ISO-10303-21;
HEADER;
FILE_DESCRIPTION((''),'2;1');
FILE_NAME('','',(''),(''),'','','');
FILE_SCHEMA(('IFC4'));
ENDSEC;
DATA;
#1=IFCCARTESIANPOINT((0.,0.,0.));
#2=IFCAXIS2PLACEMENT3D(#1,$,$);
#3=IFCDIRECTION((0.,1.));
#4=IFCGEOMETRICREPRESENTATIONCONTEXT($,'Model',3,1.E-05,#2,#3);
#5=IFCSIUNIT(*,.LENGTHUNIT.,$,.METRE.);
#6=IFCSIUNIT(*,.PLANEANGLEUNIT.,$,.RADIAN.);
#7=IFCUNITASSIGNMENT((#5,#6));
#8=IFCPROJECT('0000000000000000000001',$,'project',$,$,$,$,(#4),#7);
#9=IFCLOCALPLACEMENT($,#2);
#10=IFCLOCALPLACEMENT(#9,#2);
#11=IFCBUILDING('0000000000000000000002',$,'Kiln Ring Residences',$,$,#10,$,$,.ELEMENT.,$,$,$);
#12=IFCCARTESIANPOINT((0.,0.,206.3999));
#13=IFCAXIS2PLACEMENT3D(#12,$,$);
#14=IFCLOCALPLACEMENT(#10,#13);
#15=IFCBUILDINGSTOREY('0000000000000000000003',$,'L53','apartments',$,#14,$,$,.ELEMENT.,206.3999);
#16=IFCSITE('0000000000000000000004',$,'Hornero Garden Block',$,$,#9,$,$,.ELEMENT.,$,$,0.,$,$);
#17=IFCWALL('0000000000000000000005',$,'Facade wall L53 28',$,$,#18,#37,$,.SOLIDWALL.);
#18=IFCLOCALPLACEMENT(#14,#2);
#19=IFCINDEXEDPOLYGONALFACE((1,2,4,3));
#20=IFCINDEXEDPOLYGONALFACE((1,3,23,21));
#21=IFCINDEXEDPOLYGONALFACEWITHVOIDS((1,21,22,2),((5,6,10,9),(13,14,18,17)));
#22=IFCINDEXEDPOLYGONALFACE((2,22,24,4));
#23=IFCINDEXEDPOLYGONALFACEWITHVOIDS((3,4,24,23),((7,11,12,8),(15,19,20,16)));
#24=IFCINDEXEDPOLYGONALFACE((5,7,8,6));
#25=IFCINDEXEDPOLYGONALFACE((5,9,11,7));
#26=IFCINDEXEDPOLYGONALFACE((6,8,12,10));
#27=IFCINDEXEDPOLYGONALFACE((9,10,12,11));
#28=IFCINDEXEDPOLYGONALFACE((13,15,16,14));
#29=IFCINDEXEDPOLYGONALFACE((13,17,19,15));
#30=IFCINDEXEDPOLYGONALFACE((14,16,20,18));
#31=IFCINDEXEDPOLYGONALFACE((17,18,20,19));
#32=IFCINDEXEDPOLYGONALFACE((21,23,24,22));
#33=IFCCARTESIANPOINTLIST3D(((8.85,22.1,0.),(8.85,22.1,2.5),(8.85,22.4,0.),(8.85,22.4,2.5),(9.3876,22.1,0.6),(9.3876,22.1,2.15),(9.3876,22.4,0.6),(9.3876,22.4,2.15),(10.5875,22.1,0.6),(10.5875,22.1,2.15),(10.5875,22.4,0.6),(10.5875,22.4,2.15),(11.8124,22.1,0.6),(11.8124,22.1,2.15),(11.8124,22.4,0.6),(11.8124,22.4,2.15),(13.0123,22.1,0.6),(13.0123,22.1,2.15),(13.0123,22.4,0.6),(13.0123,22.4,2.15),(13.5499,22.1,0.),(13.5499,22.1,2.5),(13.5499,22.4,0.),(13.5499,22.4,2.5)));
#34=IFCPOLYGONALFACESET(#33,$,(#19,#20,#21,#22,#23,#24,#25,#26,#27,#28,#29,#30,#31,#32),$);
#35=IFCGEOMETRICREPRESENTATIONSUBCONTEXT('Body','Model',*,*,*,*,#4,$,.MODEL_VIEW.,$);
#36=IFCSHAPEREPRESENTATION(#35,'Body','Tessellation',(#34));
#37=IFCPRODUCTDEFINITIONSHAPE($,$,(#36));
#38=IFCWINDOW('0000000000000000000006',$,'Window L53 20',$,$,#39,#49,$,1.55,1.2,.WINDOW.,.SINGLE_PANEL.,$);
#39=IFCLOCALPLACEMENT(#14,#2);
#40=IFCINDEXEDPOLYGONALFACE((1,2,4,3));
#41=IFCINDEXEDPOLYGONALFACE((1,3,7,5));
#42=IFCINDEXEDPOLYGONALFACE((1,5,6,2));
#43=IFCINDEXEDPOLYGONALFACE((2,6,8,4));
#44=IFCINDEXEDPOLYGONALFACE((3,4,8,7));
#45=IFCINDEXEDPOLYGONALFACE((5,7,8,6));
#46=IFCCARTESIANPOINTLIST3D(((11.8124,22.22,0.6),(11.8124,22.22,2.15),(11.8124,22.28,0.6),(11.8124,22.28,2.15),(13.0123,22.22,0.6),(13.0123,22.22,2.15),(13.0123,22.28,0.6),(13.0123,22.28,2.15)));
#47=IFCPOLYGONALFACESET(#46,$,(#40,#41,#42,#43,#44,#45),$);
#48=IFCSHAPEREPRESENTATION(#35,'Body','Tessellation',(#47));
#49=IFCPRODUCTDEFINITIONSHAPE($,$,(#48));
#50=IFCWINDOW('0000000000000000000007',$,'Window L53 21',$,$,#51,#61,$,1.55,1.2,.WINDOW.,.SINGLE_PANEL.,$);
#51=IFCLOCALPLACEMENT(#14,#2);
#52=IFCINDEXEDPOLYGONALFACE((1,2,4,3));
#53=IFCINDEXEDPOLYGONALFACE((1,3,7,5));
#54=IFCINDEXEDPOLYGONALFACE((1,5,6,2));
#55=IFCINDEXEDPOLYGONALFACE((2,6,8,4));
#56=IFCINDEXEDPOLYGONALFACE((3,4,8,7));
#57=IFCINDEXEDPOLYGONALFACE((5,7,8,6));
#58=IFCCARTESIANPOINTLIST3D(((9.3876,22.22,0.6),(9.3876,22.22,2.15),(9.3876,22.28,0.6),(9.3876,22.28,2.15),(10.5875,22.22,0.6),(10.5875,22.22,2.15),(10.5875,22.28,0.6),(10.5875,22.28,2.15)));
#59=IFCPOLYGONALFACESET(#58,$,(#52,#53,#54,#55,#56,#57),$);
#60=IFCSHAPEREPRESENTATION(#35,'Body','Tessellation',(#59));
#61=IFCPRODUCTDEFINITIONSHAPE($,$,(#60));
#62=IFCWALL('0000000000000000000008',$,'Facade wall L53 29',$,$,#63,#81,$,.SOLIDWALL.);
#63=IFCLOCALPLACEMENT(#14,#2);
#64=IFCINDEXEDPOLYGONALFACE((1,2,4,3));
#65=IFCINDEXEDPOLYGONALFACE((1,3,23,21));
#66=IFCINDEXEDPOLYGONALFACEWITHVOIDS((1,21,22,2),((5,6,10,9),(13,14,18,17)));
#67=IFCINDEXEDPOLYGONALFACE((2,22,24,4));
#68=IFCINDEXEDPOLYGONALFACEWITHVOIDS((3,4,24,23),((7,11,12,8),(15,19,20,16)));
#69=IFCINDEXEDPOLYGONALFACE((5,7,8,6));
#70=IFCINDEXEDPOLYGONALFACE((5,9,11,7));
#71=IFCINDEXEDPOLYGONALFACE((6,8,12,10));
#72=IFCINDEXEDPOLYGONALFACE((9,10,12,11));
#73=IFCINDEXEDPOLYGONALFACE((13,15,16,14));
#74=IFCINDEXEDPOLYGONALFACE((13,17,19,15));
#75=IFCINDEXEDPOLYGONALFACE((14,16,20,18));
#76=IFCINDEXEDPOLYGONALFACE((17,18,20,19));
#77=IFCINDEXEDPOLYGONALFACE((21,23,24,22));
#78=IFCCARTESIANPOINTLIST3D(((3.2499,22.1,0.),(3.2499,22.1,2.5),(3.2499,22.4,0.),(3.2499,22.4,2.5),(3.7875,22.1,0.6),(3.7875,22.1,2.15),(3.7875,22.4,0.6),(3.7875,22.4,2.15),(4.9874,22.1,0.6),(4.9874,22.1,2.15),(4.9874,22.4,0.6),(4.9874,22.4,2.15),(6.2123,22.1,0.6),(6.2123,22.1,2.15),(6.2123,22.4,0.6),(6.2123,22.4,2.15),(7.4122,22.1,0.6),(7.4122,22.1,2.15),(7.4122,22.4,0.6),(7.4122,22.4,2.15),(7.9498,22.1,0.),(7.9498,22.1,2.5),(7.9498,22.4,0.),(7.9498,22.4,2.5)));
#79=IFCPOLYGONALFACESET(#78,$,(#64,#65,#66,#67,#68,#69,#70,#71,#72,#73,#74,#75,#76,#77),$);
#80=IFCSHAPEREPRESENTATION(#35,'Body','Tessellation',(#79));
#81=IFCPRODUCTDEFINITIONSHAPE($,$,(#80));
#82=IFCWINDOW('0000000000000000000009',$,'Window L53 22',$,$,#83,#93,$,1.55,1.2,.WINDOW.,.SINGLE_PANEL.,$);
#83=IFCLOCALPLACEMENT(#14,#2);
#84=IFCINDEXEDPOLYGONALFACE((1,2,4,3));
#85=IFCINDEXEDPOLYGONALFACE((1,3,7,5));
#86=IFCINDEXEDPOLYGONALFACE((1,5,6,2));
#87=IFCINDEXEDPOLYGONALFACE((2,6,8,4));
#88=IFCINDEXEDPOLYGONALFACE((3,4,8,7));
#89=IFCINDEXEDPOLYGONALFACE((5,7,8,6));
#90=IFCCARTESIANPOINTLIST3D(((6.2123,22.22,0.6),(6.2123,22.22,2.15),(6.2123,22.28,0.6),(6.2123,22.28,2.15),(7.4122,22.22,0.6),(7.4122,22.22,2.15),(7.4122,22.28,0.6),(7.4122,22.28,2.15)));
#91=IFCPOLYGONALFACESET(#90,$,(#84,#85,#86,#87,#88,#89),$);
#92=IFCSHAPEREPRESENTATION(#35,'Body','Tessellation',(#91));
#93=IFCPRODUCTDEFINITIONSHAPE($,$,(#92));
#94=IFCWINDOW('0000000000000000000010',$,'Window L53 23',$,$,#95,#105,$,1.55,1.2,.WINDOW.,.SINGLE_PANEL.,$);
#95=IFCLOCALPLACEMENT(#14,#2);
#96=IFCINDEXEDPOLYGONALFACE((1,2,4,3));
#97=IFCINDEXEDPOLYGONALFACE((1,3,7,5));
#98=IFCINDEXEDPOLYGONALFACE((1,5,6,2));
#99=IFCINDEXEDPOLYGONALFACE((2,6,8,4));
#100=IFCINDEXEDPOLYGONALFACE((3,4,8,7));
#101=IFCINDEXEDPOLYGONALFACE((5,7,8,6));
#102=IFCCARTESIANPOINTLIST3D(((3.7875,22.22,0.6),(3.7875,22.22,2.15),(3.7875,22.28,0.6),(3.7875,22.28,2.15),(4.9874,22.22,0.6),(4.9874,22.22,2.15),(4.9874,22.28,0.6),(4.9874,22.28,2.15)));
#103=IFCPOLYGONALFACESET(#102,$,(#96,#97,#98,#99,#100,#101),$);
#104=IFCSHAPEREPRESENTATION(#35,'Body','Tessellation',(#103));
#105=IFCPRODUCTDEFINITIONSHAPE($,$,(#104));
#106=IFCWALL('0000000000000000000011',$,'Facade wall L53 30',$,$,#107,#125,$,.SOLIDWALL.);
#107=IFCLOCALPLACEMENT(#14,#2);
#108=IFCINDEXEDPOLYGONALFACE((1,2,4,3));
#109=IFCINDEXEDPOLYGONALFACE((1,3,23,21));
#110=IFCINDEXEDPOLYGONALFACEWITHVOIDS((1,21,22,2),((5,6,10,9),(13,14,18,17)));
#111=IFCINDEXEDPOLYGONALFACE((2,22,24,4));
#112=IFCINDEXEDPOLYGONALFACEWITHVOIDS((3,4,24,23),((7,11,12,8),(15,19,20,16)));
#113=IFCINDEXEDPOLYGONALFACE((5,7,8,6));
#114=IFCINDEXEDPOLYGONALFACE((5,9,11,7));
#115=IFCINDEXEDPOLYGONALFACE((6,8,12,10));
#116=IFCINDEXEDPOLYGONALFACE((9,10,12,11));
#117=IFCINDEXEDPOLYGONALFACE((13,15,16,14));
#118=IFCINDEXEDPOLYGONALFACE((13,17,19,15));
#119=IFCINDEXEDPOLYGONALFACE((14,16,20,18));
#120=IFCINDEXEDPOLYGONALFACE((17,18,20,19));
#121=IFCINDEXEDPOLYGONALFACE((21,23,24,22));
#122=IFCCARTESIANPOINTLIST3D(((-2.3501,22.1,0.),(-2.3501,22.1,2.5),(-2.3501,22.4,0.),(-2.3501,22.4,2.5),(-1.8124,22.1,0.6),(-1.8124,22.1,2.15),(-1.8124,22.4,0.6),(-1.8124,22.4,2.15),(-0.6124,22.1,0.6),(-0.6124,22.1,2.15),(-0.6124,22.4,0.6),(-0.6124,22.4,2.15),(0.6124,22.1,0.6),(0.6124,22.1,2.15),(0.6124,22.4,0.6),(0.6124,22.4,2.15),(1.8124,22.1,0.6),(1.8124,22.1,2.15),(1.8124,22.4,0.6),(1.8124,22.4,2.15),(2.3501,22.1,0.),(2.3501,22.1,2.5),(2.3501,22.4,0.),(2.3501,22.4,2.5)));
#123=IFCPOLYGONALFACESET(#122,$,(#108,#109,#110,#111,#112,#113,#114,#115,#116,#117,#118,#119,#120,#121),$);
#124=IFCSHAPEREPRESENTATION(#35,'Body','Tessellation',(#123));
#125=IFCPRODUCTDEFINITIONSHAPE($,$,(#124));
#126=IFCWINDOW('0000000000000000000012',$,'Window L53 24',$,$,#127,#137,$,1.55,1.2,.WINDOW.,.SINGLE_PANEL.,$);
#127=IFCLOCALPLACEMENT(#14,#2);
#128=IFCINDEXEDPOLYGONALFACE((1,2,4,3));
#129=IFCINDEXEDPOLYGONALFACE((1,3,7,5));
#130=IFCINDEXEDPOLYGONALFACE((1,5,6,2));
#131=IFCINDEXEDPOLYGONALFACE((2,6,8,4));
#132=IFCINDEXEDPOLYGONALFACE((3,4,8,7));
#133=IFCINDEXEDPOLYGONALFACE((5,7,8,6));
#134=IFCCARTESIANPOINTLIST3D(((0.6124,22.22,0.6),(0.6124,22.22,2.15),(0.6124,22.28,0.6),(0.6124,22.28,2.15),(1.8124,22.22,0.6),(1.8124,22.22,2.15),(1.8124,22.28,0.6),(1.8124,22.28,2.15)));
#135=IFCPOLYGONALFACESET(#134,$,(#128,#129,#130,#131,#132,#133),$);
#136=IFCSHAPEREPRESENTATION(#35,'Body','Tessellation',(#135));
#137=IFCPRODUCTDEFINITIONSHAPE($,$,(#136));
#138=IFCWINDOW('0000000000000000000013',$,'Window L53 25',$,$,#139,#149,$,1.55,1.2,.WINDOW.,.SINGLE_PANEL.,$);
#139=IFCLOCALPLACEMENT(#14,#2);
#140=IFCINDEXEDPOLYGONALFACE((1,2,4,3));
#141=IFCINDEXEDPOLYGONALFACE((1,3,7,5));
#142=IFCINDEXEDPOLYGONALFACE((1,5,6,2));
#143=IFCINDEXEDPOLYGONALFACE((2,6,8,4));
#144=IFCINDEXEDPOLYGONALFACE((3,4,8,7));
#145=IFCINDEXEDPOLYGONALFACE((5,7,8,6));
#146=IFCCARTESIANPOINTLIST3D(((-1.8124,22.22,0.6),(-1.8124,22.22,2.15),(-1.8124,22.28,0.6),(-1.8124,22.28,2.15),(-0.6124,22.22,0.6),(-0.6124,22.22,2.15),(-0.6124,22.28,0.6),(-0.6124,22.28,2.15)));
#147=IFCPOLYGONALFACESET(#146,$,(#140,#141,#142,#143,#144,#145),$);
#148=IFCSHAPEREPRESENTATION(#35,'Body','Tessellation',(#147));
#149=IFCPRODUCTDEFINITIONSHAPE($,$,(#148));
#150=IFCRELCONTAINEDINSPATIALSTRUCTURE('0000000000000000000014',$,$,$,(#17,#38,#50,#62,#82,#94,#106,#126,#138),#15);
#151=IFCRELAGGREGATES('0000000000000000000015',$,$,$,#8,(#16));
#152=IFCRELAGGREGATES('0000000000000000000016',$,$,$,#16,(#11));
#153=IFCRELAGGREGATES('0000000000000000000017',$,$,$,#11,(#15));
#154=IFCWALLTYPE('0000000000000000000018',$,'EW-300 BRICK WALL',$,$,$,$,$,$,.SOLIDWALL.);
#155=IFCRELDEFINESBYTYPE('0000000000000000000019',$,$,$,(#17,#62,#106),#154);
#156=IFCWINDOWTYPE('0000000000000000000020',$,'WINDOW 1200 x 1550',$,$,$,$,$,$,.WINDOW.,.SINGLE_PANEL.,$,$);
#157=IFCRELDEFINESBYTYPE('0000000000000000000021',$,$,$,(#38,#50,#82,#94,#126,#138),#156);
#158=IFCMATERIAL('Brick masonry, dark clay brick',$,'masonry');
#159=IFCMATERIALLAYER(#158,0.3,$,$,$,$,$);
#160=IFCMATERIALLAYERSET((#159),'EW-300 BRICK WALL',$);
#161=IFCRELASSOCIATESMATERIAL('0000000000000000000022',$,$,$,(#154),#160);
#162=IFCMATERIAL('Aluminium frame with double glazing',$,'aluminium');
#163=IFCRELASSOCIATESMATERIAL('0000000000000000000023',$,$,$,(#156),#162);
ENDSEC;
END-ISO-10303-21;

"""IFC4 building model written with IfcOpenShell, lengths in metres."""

from ifc_helpers import new_model, si_unit, direction, frame, frame_2d, origin, place, context, subcontext, project, spatial, rectangle, extrude, material, layer, layer_set, type_object, element, fill, save


model = new_model("IFC4")

# Units and contexts
model_context = context("Model", 3, precision=1e-05, world=origin(), true_north=direction((0.0, 1.0)))
body_context = subcontext(model_context, "Body", "Model", "MODEL_VIEW")
ifc_project = project(units=[si_unit("LENGTHUNIT", "METRE"), si_unit("PLANEANGLEUNIT", "RADIAN")], contexts=[model_context])

# Site, building, storey
site_placement = place(None, origin())
site = spatial("IfcSite", under=ifc_project, at=site_placement, Name="Hornero Garden Block", CompositionType="ELEMENT", RefElevation=0.0)
building_placement = place(site_placement, origin())
building = spatial("IfcBuilding", under=site, at=building_placement, Name="Kiln Ring Residences", CompositionType="ELEMENT")
storey_placement = place(building_placement, frame((0.0, 0.0, 206.3999)))
storey = spatial("IfcBuildingStorey", under=building, at=storey_placement, Name="L53", Description="apartments", CompositionType="ELEMENT", Elevation=206.3999)

# Shared definitions
ifc_material_1 = material(Name="Brick masonry, dark clay brick", Category="masonry")
ifc_layer_1 = layer(ifc_material_1, 0.3)
ifc_layer_set_1 = layer_set([ifc_layer_1], Name="EW-300 BRICK WALL")
wall_type_1 = type_object("IfcWallType", Name="EW-300 BRICK WALL", PredefinedType="SOLIDWALL", material=ifc_layer_set_1)
ifc_material_2 = material(Name="Aluminium frame with double glazing", Category="aluminium")
window_type = type_object("IfcWindowType", Name="WINDOW 1200 x 1550", PartitioningType="SINGLE_PANEL", PredefinedType="WINDOW", material=ifc_material_2)

# Walls, openings, windows
wall_1_placement = place(storey_placement, frame((13.55, 22.25, 0.0), z_axis=(0.0, 0.0, 1.0), x_axis=(-1.0, 0.0, 0.0)))
wall_1 = element("IfcWall", 1, at=wall_1_placement, inside=storey, type_object=wall_type_1, Name="Facade wall L53 28", PredefinedType="SOLIDWALL", context=body_context, shape_type="SweptSolid", body=[
    extrude(rectangle(XDim=4.7, YDim=0.3, at=frame_2d((2.3501, 0.0))), origin(), (0.0, 0.0, 1.0), 2.5),
])
opening_1_placement = place(wall_1_placement, frame((0.5376, 0.0, 0.6001)))
opening_1 = element("IfcOpeningElement", 2, at=opening_1_placement, cuts=wall_1, PredefinedType="OPENING", context=body_context, shape_type="SweptSolid", body=[
    extrude(rectangle(XDim=1.2, YDim=1.55, at=frame_2d((0.6001, 0.7749))), frame((0.0, 0.1599, 0.0), z_axis=(0.0, -1.0, 0.0), x_axis=(1.0, 0.0, 0.0)), (0.0, 0.0, 1.0), 0.3201),
])
opening_2_placement = place(wall_1_placement, frame((2.9624, 0.0, 0.6001)))
opening_2 = element("IfcOpeningElement", 3, at=opening_2_placement, cuts=wall_1, PredefinedType="OPENING", context=body_context, shape_type="SweptSolid", body=[
    extrude(rectangle(XDim=1.2, YDim=1.55, at=frame_2d((0.6001, 0.7749))), frame((0.0, 0.1599, 0.0), z_axis=(0.0, -1.0, 0.0), x_axis=(1.0, 0.0, 0.0)), (0.0, 0.0, 1.0), 0.3201),
])
window_1_placement = place(opening_1_placement, origin())
window_1 = element("IfcWindow", 4, at=window_1_placement, inside=storey, type_object=window_type, Name="Window L53 20", OverallHeight=1.55, OverallWidth=1.2, PartitioningType="SINGLE_PANEL", PredefinedType="WINDOW", context=body_context, shape_type="SweptSolid", body=[
    extrude(rectangle(XDim=1.2, YDim=1.55, at=frame_2d((0.6001, 0.7749))), frame((0.0, 0.03, 0.0), z_axis=(0.0, -1.0, 0.0), x_axis=(1.0, 0.0, 0.0)), (0.0, 0.0, 1.0), 0.0601),
])
fill(opening_1, window_1)
window_2_placement = place(opening_2_placement, origin())
window_2 = element("IfcWindow", 5, at=window_2_placement, inside=storey, type_object=window_type, Name="Window L53 21", OverallHeight=1.55, OverallWidth=1.2, PartitioningType="SINGLE_PANEL", PredefinedType="WINDOW", context=body_context, shape_type="SweptSolid", body=[
    extrude(rectangle(XDim=1.2, YDim=1.55, at=frame_2d((0.6001, 0.7749))), frame((0.0, 0.03, 0.0), z_axis=(0.0, -1.0, 0.0), x_axis=(1.0, 0.0, 0.0)), (0.0, 0.0, 1.0), 0.0601),
])
fill(opening_2, window_2)
wall_2_placement = place(storey_placement, frame((7.95, 22.25, 0.0), z_axis=(0.0, 0.0, 1.0), x_axis=(-1.0, 0.0, 0.0)))
wall_2 = element("IfcWall", 6, at=wall_2_placement, inside=storey, type_object=wall_type_1, Name="Facade wall L53 29", PredefinedType="SOLIDWALL", context=body_context, shape_type="SweptSolid", body=[
    extrude(rectangle(XDim=4.7, YDim=0.3, at=frame_2d((2.3501, 0.0))), origin(), (0.0, 0.0, 1.0), 2.5),
])
opening_3_placement = place(wall_2_placement, frame((0.5376, 0.0, 0.6001)))
opening_3 = element("IfcOpeningElement", 7, at=opening_3_placement, cuts=wall_2, PredefinedType="OPENING", context=body_context, shape_type="SweptSolid", body=[
    extrude(rectangle(XDim=1.2, YDim=1.55, at=frame_2d((0.6001, 0.7749))), frame((0.0, 0.1599, 0.0), z_axis=(0.0, -1.0, 0.0), x_axis=(1.0, 0.0, 0.0)), (0.0, 0.0, 1.0), 0.3201),
])
opening_4_placement = place(wall_2_placement, frame((2.9624, 0.0, 0.6001)))
opening_4 = element("IfcOpeningElement", 8, at=opening_4_placement, cuts=wall_2, PredefinedType="OPENING", context=body_context, shape_type="SweptSolid", body=[
    extrude(rectangle(XDim=1.2, YDim=1.55, at=frame_2d((0.6001, 0.7749))), frame((0.0, 0.1599, 0.0), z_axis=(0.0, -1.0, 0.0), x_axis=(1.0, 0.0, 0.0)), (0.0, 0.0, 1.0), 0.3201),
])
window_3_placement = place(opening_3_placement, origin())
window_3 = element("IfcWindow", 9, at=window_3_placement, inside=storey, type_object=window_type, Name="Window L53 22", OverallHeight=1.55, OverallWidth=1.2, PartitioningType="SINGLE_PANEL", PredefinedType="WINDOW", context=body_context, shape_type="SweptSolid", body=[
    extrude(rectangle(XDim=1.2, YDim=1.55, at=frame_2d((0.6001, 0.7749))), frame((0.0, 0.03, 0.0), z_axis=(0.0, -1.0, 0.0), x_axis=(1.0, 0.0, 0.0)), (0.0, 0.0, 1.0), 0.0601),
])
fill(opening_3, window_3)
window_4_placement = place(opening_4_placement, origin())
window_4 = element("IfcWindow", 10, at=window_4_placement, inside=storey, type_object=window_type, Name="Window L53 23", OverallHeight=1.55, OverallWidth=1.2, PartitioningType="SINGLE_PANEL", PredefinedType="WINDOW", context=body_context, shape_type="SweptSolid", body=[
    extrude(rectangle(XDim=1.2, YDim=1.55, at=frame_2d((0.6001, 0.7749))), frame((0.0, 0.03, 0.0), z_axis=(0.0, -1.0, 0.0), x_axis=(1.0, 0.0, 0.0)), (0.0, 0.0, 1.0), 0.0601),
])
fill(opening_4, window_4)
wall_3_placement = place(storey_placement, frame((2.3501, 22.25, 0.0), z_axis=(0.0, 0.0, 1.0), x_axis=(-1.0, 0.0, 0.0)))
wall_3 = element("IfcWall", 11, at=wall_3_placement, inside=storey, type_object=wall_type_1, Name="Facade wall L53 30", PredefinedType="SOLIDWALL", context=body_context, shape_type="SweptSolid", body=[
    extrude(rectangle(XDim=4.7002, YDim=0.3, at=frame_2d((2.3501, 0.0))), origin(), (0.0, 0.0, 1.0), 2.5),
])
opening_5_placement = place(wall_3_placement, frame((0.5376, 0.0, 0.6001)))
opening_5 = element("IfcOpeningElement", 12, at=opening_5_placement, cuts=wall_3, PredefinedType="OPENING", context=body_context, shape_type="SweptSolid", body=[
    extrude(rectangle(XDim=1.2, YDim=1.55, at=frame_2d((0.6001, 0.7749))), frame((0.0, 0.1599, 0.0), z_axis=(0.0, -1.0, 0.0), x_axis=(1.0, 0.0, 0.0)), (0.0, 0.0, 1.0), 0.3201),
])
opening_6_placement = place(wall_3_placement, frame((2.9624, 0.0, 0.6001)))
opening_6 = element("IfcOpeningElement", 13, at=opening_6_placement, cuts=wall_3, PredefinedType="OPENING", context=body_context, shape_type="SweptSolid", body=[
    extrude(rectangle(XDim=1.2, YDim=1.55, at=frame_2d((0.6001, 0.7749))), frame((0.0, 0.1599, 0.0), z_axis=(0.0, -1.0, 0.0), x_axis=(1.0, 0.0, 0.0)), (0.0, 0.0, 1.0), 0.3201),
])
window_5_placement = place(opening_5_placement, origin())
window_5 = element("IfcWindow", 14, at=window_5_placement, inside=storey, type_object=window_type, Name="Window L53 24", OverallHeight=1.55, OverallWidth=1.2, PartitioningType="SINGLE_PANEL", PredefinedType="WINDOW", context=body_context, shape_type="SweptSolid", body=[
    extrude(rectangle(XDim=1.2, YDim=1.55, at=frame_2d((0.6001, 0.7749))), frame((0.0, 0.03, 0.0), z_axis=(0.0, -1.0, 0.0), x_axis=(1.0, 0.0, 0.0)), (0.0, 0.0, 1.0), 0.0601),
])
fill(opening_5, window_5)
window_6_placement = place(opening_6_placement, origin())
window_6 = element("IfcWindow", 15, at=window_6_placement, inside=storey, type_object=window_type, Name="Window L53 25", OverallHeight=1.55, OverallWidth=1.2, PartitioningType="SINGLE_PANEL", PredefinedType="WINDOW", context=body_context, shape_type="SweptSolid", body=[
    extrude(rectangle(XDim=1.2, YDim=1.55, at=frame_2d((0.6001, 0.7749))), frame((0.0, 0.03, 0.0), z_axis=(0.0, -1.0, 0.0), x_axis=(1.0, 0.0, 0.0)), (0.0, 0.0, 1.0), 0.0601),
])
fill(opening_6, window_6)

save(model, "model.ifc")
